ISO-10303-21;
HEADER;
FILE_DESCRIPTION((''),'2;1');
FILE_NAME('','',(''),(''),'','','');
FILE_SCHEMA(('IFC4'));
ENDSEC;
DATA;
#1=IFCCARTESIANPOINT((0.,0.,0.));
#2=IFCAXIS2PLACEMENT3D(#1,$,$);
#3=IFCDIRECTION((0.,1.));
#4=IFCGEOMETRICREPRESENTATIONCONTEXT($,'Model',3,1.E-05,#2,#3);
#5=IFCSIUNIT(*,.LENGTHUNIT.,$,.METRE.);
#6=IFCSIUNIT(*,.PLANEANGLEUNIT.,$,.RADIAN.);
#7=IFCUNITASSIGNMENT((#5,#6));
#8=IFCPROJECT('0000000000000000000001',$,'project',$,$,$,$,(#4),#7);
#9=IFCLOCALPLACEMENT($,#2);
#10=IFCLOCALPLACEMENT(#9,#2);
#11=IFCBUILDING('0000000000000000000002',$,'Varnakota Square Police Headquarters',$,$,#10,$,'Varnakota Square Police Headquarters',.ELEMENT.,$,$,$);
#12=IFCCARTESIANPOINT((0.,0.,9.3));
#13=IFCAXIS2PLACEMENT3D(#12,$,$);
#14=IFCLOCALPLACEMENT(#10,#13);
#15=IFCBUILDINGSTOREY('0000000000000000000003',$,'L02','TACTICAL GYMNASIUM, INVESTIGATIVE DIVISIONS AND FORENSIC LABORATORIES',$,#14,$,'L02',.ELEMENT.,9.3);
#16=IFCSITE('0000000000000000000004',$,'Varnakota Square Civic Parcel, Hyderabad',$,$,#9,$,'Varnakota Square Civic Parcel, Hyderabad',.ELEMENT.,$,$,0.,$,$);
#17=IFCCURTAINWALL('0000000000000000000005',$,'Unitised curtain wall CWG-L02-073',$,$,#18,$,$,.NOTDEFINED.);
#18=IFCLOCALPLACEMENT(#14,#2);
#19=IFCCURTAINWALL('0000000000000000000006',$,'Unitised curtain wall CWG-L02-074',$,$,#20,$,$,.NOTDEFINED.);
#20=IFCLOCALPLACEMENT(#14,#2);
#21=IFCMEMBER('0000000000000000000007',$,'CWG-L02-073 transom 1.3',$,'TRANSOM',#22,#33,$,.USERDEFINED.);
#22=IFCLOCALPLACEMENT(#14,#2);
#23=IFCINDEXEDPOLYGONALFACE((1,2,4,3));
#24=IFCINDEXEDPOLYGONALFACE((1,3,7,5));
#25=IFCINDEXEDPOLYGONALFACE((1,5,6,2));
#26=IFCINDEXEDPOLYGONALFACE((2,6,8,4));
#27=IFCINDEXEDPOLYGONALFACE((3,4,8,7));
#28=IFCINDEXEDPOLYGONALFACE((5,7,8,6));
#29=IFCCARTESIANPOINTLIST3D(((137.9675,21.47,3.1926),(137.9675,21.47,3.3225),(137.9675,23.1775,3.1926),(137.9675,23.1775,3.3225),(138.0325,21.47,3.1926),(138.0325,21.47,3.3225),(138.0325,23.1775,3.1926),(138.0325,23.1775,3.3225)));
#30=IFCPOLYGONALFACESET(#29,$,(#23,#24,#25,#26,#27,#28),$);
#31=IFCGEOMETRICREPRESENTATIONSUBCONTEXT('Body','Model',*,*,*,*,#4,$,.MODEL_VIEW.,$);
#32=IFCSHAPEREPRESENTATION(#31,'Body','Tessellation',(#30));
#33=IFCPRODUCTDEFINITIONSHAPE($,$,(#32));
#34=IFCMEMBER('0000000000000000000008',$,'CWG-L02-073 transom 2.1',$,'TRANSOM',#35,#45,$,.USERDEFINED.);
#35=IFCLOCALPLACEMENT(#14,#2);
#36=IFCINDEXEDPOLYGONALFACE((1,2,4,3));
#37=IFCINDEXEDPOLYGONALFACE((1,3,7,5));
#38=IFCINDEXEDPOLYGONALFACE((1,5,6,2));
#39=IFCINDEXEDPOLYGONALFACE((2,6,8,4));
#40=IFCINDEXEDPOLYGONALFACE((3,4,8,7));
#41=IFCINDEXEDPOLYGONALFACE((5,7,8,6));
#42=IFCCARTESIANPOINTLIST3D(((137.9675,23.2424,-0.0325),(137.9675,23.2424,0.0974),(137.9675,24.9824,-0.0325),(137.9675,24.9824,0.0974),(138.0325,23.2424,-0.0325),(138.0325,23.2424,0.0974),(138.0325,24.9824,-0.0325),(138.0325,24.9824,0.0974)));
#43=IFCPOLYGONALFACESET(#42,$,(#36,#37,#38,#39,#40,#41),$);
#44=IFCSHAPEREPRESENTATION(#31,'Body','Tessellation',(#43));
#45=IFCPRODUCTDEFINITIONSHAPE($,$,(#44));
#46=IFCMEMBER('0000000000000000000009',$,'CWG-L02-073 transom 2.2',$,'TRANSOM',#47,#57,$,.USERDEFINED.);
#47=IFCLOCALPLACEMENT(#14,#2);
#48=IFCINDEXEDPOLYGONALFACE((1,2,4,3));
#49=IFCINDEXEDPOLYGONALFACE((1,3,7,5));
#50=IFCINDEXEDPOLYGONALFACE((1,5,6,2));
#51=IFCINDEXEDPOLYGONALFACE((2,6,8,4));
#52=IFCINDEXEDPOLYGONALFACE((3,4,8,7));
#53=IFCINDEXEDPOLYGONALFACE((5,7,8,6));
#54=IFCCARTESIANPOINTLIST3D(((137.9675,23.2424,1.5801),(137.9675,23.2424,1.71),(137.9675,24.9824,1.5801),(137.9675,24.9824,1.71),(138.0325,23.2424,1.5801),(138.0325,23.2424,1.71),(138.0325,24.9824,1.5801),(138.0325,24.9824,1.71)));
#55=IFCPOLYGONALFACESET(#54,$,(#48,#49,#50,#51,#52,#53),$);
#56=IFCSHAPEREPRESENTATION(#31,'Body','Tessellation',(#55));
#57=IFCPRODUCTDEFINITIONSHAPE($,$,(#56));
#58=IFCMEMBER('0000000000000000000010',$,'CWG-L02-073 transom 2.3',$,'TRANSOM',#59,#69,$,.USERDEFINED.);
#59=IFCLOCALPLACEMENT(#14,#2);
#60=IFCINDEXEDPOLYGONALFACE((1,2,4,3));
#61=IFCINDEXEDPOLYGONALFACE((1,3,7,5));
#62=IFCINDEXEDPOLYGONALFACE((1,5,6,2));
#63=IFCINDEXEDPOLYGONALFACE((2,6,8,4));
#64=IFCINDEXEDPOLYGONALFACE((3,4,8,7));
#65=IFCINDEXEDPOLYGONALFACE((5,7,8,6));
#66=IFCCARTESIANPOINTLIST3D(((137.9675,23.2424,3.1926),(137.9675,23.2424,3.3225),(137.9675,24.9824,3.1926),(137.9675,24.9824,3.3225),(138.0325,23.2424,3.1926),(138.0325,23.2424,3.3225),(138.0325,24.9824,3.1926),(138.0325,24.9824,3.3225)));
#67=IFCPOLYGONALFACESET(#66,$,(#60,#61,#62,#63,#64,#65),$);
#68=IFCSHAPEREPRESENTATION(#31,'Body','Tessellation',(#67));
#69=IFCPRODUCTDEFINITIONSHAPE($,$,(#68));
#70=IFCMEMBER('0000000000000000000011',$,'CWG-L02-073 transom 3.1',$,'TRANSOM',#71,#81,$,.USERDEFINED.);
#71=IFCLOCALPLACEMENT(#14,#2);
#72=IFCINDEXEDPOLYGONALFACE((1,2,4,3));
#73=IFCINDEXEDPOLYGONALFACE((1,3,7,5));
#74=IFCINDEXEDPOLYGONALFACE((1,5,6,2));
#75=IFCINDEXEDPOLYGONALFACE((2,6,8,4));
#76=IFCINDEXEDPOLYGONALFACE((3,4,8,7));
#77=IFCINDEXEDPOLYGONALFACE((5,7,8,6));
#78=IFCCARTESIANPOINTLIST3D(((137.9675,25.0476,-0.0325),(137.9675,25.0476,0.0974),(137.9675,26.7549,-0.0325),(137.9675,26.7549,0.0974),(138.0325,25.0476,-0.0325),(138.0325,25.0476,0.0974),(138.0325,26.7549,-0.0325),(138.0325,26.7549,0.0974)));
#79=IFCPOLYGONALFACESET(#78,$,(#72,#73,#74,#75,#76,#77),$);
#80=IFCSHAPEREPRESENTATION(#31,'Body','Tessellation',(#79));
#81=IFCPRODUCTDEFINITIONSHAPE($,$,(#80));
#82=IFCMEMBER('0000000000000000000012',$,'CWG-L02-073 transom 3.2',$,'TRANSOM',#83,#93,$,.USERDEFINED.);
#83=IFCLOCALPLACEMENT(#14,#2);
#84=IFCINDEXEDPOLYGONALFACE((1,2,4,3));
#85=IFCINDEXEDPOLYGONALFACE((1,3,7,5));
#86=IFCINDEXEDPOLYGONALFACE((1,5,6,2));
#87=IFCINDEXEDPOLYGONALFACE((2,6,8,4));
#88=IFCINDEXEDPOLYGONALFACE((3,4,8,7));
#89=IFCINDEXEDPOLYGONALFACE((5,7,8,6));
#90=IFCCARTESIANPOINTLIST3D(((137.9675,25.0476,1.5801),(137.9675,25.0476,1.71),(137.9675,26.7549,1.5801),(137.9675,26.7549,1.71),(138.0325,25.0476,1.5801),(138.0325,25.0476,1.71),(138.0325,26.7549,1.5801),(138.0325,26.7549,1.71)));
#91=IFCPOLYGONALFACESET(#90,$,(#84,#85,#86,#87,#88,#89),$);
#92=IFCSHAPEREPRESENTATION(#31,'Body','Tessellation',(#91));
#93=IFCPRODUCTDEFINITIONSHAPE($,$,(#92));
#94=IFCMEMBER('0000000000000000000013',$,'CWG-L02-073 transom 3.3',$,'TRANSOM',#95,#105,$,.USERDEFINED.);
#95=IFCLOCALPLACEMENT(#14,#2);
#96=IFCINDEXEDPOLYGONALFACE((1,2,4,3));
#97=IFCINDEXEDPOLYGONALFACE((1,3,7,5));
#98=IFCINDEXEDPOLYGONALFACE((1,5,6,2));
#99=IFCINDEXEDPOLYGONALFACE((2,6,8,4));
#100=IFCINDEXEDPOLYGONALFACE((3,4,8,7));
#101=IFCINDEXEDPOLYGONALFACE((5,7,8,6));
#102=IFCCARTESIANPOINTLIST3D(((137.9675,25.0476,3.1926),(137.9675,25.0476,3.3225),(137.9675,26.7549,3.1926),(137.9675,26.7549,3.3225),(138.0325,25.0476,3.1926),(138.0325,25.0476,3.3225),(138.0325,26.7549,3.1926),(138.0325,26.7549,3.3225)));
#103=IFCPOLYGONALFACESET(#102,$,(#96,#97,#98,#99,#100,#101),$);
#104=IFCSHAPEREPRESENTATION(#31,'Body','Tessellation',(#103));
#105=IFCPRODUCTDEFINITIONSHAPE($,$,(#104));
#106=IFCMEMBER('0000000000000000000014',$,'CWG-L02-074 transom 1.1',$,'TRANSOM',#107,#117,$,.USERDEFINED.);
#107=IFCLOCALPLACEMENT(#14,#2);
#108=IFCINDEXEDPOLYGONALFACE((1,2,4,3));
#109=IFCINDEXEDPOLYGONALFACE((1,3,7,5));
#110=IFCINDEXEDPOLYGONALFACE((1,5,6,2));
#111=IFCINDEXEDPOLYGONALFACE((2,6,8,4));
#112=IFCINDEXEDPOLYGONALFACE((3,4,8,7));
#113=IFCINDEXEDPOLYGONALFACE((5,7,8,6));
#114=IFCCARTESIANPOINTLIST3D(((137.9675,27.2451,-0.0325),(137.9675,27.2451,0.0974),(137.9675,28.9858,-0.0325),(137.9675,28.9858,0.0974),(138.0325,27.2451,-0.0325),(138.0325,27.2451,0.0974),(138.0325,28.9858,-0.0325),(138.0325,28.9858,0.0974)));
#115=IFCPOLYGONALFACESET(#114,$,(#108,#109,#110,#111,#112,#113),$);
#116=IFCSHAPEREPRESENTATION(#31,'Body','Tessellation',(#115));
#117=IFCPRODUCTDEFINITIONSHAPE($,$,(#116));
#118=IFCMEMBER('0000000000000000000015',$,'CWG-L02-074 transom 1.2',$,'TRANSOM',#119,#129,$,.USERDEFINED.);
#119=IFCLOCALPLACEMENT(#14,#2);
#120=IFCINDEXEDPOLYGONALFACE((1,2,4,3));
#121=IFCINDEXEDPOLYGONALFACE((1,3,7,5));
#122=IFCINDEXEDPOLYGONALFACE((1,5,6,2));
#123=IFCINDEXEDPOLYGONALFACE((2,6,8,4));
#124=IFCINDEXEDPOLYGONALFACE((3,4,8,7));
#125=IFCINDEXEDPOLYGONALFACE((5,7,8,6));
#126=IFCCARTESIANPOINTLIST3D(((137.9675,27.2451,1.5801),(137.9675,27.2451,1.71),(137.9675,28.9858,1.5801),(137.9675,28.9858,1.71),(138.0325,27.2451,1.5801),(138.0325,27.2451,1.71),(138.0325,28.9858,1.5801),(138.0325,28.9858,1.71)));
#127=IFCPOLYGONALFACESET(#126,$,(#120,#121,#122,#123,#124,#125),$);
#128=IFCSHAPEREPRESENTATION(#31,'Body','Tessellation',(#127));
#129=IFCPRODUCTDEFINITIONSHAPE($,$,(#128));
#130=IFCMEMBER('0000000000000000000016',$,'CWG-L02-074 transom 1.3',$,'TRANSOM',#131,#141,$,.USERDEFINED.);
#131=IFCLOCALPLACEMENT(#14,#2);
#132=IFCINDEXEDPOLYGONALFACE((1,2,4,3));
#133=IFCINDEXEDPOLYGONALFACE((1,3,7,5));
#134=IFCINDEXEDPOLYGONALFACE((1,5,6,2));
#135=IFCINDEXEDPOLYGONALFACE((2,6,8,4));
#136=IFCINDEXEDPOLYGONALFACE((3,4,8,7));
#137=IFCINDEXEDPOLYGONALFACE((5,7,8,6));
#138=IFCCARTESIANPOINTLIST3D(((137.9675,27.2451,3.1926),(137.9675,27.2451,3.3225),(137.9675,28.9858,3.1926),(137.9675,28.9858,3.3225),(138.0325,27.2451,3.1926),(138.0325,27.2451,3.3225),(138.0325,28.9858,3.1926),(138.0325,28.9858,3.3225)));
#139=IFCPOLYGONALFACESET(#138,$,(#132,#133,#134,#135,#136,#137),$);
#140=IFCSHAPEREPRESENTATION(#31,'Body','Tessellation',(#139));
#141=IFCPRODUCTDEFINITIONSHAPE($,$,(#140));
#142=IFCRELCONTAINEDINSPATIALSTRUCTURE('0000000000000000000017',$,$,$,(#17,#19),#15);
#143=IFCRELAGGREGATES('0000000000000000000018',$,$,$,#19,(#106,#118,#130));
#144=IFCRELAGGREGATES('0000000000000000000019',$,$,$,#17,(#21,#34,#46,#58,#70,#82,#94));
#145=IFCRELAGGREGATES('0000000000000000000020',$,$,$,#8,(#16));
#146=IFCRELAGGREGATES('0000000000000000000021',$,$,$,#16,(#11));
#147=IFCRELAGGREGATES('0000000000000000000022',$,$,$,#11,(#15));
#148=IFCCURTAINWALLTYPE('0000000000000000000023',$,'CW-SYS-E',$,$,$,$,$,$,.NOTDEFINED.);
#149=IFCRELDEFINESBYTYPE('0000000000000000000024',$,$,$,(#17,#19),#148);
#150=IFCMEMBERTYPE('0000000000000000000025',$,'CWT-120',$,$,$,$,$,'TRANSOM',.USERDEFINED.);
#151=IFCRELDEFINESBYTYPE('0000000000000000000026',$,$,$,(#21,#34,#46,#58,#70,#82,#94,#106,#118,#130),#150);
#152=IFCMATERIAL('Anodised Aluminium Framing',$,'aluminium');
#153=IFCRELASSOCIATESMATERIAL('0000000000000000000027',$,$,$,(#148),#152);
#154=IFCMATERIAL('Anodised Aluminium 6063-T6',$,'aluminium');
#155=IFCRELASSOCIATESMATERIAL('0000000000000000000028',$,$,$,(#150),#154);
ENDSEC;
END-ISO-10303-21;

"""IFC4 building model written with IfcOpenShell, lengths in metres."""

from ifc_helpers import new_model, si_unit, direction, frame, origin, origin_2d, place, context, subcontext, project, spatial, rectangle, extrude, material, material_profile, profile_set, type_object, element, aggregate, save


model = new_model("IFC4")

# Units and contexts
model_context = context("Model", 3, precision=1e-05, world=origin(), true_north=direction((0.0, 1.0)))
body_context = subcontext(model_context, "Body", "Model", "MODEL_VIEW")
ifc_project = project(units=[si_unit("LENGTHUNIT", "METRE"), si_unit("PLANEANGLEUNIT", "RADIAN")], contexts=[model_context])

# Site, building, storey
site_placement = place(None, origin())
site = spatial("IfcSite", under=ifc_project, at=site_placement, Name="Varnakota Square Civic Parcel, Hyderabad", LongName="Varnakota Square Civic Parcel, Hyderabad", CompositionType="ELEMENT", RefElevation=0.0)
building_placement = place(site_placement, origin())
building = spatial("IfcBuilding", under=site, at=building_placement, Name="Varnakota Square Police Headquarters", LongName="Varnakota Square Police Headquarters", CompositionType="ELEMENT")
storey_placement = place(building_placement, frame((0.0, 0.0, 9.3)))
storey = spatial("IfcBuildingStorey", under=building, at=storey_placement, Name="L02", Description="TACTICAL GYMNASIUM, INVESTIGATIVE DIVISIONS AND FORENSIC LABORATORIES", LongName="L02", CompositionType="ELEMENT", Elevation=9.3)

# Curtain wall
ifc_material_1 = material(Name="Anodised Aluminium Framing", Category="aluminium")
curtain_wall_type = type_object("IfcCurtainWallType", Name="CW-SYS-E", PredefinedType="NOTDEFINED", material=ifc_material_1)
curtain_wall_1_placement = place(storey_placement, origin())
curtain_wall_1 = element("IfcCurtainWall", 1, at=curtain_wall_1_placement, inside=storey, type_object=curtain_wall_type, Name="Unitised curtain wall CWG-L02-073", PredefinedType="NOTDEFINED")
ifc_material_2 = material(Name="Anodised Aluminium 6063-T6", Category="aluminium")

# Curtain wall
curtain_wall_2_placement = place(storey_placement, origin())
curtain_wall_2 = element("IfcCurtainWall", 2, at=curtain_wall_2_placement, inside=storey, type_object=curtain_wall_type, Name="Unitised curtain wall CWG-L02-074", PredefinedType="NOTDEFINED")

# Members
ifc_material_profile_1 = material_profile(ifc_material_2, rectangle(XDim=0.0649, YDim=0.1299, at=origin_2d()), Name="ALU TRANSOM 65x130")
ifc_profile_set_1 = profile_set([ifc_material_profile_1], Name="Anodised Aluminium 6063-T6")
member_type_1 = type_object("IfcMemberType", Name="CWT-120", ElementType="TRANSOM", PredefinedType="USERDEFINED", material=ifc_profile_set_1)
member_1_placement = place(storey_placement, frame((138.0, 21.47, 3.2576), z_axis=(0.0, 1.0, 0.0), x_axis=(-1.0, 0.0, 0.0)))
member_1 = element("IfcMember", 3, at=member_1_placement, type_object=member_type_1, Name="CWG-L02-073 transom 1.3", ObjectType="TRANSOM", PredefinedType="USERDEFINED", context=body_context, shape_type="SweptSolid", body=[
    extrude(rectangle(XDim=0.0649, YDim=0.1299, at=origin_2d()), origin(), (0.0, 0.0, 1.0), 1.7075),
])
member_2_placement = place(storey_placement, frame((138.0, 23.2424, 0.0325), z_axis=(0.0, 1.0, 0.0), x_axis=(-1.0, 0.0, 0.0)))
member_2 = element("IfcMember", 4, at=member_2_placement, type_object=member_type_1, Name="CWG-L02-073 transom 2.1", ObjectType="TRANSOM", PredefinedType="USERDEFINED", context=body_context, shape_type="SweptSolid", body=[
    extrude(rectangle(XDim=0.0649, YDim=0.1299, at=origin_2d()), origin(), (0.0, 0.0, 1.0), 1.74),
])
member_3_placement = place(storey_placement, frame((138.0, 23.2424, 1.645), z_axis=(0.0, 1.0, 0.0), x_axis=(-1.0, 0.0, 0.0)))
member_3 = element("IfcMember", 5, at=member_3_placement, type_object=member_type_1, Name="CWG-L02-073 transom 2.2", ObjectType="TRANSOM", PredefinedType="USERDEFINED", context=body_context, shape_type="SweptSolid", body=[
    extrude(rectangle(XDim=0.0649, YDim=0.1299, at=origin_2d()), origin(), (0.0, 0.0, 1.0), 1.74),
])
member_4_placement = place(storey_placement, frame((138.0, 23.2424, 3.2576), z_axis=(0.0, 1.0, 0.0), x_axis=(-1.0, 0.0, 0.0)))
member_4 = element("IfcMember", 6, at=member_4_placement, type_object=member_type_1, Name="CWG-L02-073 transom 2.3", ObjectType="TRANSOM", PredefinedType="USERDEFINED", context=body_context, shape_type="SweptSolid", body=[
    extrude(rectangle(XDim=0.0649, YDim=0.1299, at=origin_2d()), origin(), (0.0, 0.0, 1.0), 1.74),
])
member_5_placement = place(storey_placement, frame((138.0, 25.0476, 0.0325), z_axis=(0.0, 1.0, 0.0), x_axis=(-1.0, 0.0, 0.0)))
member_5 = element("IfcMember", 7, at=member_5_placement, type_object=member_type_1, Name="CWG-L02-073 transom 3.1", ObjectType="TRANSOM", PredefinedType="USERDEFINED", context=body_context, shape_type="SweptSolid", body=[
    extrude(rectangle(XDim=0.0649, YDim=0.1299, at=origin_2d()), origin(), (0.0, 0.0, 1.0), 1.7073),
])
member_6_placement = place(storey_placement, frame((138.0, 25.0476, 1.645), z_axis=(0.0, 1.0, 0.0), x_axis=(-1.0, 0.0, 0.0)))
member_6 = element("IfcMember", 8, at=member_6_placement, type_object=member_type_1, Name="CWG-L02-073 transom 3.2", ObjectType="TRANSOM", PredefinedType="USERDEFINED", context=body_context, shape_type="SweptSolid", body=[
    extrude(rectangle(XDim=0.0649, YDim=0.1299, at=origin_2d()), origin(), (0.0, 0.0, 1.0), 1.7073),
])
member_7_placement = place(storey_placement, frame((138.0, 25.0476, 3.2576), z_axis=(0.0, 1.0, 0.0), x_axis=(-1.0, 0.0, 0.0)))
member_7 = element("IfcMember", 9, at=member_7_placement, type_object=member_type_1, Name="CWG-L02-073 transom 3.3", ObjectType="TRANSOM", PredefinedType="USERDEFINED", context=body_context, shape_type="SweptSolid", body=[
    extrude(rectangle(XDim=0.0649, YDim=0.1299, at=origin_2d()), origin(), (0.0, 0.0, 1.0), 1.7073),
])
member_8_placement = place(storey_placement, frame((138.0, 27.2451, 0.0325), z_axis=(0.0, 1.0, 0.0), x_axis=(-1.0, 0.0, 0.0)))
member_8 = element("IfcMember", 10, at=member_8_placement, type_object=member_type_1, Name="CWG-L02-074 transom 1.1", ObjectType="TRANSOM", PredefinedType="USERDEFINED", context=body_context, shape_type="SweptSolid", body=[
    extrude(rectangle(XDim=0.0649, YDim=0.1299, at=origin_2d()), origin(), (0.0, 0.0, 1.0), 1.7407),
])
member_9_placement = place(storey_placement, frame((138.0, 27.2451, 1.645), z_axis=(0.0, 1.0, 0.0), x_axis=(-1.0, 0.0, 0.0)))
member_9 = element("IfcMember", 11, at=member_9_placement, type_object=member_type_1, Name="CWG-L02-074 transom 1.2", ObjectType="TRANSOM", PredefinedType="USERDEFINED", context=body_context, shape_type="SweptSolid", body=[
    extrude(rectangle(XDim=0.0649, YDim=0.1299, at=origin_2d()), origin(), (0.0, 0.0, 1.0), 1.7407),
])
member_10_placement = place(storey_placement, frame((138.0, 27.2451, 3.2576), z_axis=(0.0, 1.0, 0.0), x_axis=(-1.0, 0.0, 0.0)))
member_10 = element("IfcMember", 12, at=member_10_placement, type_object=member_type_1, Name="CWG-L02-074 transom 1.3", ObjectType="TRANSOM", PredefinedType="USERDEFINED", context=body_context, shape_type="SweptSolid", body=[
    extrude(rectangle(XDim=0.0649, YDim=0.1299, at=origin_2d()), origin(), (0.0, 0.0, 1.0), 1.7407),
])
aggregate(curtain_wall_2, [member_8, member_9, member_10])

aggregate(curtain_wall_1, [member_1, member_2, member_3, member_4, member_5, member_6, member_7])

save(model, "model.ifc")
